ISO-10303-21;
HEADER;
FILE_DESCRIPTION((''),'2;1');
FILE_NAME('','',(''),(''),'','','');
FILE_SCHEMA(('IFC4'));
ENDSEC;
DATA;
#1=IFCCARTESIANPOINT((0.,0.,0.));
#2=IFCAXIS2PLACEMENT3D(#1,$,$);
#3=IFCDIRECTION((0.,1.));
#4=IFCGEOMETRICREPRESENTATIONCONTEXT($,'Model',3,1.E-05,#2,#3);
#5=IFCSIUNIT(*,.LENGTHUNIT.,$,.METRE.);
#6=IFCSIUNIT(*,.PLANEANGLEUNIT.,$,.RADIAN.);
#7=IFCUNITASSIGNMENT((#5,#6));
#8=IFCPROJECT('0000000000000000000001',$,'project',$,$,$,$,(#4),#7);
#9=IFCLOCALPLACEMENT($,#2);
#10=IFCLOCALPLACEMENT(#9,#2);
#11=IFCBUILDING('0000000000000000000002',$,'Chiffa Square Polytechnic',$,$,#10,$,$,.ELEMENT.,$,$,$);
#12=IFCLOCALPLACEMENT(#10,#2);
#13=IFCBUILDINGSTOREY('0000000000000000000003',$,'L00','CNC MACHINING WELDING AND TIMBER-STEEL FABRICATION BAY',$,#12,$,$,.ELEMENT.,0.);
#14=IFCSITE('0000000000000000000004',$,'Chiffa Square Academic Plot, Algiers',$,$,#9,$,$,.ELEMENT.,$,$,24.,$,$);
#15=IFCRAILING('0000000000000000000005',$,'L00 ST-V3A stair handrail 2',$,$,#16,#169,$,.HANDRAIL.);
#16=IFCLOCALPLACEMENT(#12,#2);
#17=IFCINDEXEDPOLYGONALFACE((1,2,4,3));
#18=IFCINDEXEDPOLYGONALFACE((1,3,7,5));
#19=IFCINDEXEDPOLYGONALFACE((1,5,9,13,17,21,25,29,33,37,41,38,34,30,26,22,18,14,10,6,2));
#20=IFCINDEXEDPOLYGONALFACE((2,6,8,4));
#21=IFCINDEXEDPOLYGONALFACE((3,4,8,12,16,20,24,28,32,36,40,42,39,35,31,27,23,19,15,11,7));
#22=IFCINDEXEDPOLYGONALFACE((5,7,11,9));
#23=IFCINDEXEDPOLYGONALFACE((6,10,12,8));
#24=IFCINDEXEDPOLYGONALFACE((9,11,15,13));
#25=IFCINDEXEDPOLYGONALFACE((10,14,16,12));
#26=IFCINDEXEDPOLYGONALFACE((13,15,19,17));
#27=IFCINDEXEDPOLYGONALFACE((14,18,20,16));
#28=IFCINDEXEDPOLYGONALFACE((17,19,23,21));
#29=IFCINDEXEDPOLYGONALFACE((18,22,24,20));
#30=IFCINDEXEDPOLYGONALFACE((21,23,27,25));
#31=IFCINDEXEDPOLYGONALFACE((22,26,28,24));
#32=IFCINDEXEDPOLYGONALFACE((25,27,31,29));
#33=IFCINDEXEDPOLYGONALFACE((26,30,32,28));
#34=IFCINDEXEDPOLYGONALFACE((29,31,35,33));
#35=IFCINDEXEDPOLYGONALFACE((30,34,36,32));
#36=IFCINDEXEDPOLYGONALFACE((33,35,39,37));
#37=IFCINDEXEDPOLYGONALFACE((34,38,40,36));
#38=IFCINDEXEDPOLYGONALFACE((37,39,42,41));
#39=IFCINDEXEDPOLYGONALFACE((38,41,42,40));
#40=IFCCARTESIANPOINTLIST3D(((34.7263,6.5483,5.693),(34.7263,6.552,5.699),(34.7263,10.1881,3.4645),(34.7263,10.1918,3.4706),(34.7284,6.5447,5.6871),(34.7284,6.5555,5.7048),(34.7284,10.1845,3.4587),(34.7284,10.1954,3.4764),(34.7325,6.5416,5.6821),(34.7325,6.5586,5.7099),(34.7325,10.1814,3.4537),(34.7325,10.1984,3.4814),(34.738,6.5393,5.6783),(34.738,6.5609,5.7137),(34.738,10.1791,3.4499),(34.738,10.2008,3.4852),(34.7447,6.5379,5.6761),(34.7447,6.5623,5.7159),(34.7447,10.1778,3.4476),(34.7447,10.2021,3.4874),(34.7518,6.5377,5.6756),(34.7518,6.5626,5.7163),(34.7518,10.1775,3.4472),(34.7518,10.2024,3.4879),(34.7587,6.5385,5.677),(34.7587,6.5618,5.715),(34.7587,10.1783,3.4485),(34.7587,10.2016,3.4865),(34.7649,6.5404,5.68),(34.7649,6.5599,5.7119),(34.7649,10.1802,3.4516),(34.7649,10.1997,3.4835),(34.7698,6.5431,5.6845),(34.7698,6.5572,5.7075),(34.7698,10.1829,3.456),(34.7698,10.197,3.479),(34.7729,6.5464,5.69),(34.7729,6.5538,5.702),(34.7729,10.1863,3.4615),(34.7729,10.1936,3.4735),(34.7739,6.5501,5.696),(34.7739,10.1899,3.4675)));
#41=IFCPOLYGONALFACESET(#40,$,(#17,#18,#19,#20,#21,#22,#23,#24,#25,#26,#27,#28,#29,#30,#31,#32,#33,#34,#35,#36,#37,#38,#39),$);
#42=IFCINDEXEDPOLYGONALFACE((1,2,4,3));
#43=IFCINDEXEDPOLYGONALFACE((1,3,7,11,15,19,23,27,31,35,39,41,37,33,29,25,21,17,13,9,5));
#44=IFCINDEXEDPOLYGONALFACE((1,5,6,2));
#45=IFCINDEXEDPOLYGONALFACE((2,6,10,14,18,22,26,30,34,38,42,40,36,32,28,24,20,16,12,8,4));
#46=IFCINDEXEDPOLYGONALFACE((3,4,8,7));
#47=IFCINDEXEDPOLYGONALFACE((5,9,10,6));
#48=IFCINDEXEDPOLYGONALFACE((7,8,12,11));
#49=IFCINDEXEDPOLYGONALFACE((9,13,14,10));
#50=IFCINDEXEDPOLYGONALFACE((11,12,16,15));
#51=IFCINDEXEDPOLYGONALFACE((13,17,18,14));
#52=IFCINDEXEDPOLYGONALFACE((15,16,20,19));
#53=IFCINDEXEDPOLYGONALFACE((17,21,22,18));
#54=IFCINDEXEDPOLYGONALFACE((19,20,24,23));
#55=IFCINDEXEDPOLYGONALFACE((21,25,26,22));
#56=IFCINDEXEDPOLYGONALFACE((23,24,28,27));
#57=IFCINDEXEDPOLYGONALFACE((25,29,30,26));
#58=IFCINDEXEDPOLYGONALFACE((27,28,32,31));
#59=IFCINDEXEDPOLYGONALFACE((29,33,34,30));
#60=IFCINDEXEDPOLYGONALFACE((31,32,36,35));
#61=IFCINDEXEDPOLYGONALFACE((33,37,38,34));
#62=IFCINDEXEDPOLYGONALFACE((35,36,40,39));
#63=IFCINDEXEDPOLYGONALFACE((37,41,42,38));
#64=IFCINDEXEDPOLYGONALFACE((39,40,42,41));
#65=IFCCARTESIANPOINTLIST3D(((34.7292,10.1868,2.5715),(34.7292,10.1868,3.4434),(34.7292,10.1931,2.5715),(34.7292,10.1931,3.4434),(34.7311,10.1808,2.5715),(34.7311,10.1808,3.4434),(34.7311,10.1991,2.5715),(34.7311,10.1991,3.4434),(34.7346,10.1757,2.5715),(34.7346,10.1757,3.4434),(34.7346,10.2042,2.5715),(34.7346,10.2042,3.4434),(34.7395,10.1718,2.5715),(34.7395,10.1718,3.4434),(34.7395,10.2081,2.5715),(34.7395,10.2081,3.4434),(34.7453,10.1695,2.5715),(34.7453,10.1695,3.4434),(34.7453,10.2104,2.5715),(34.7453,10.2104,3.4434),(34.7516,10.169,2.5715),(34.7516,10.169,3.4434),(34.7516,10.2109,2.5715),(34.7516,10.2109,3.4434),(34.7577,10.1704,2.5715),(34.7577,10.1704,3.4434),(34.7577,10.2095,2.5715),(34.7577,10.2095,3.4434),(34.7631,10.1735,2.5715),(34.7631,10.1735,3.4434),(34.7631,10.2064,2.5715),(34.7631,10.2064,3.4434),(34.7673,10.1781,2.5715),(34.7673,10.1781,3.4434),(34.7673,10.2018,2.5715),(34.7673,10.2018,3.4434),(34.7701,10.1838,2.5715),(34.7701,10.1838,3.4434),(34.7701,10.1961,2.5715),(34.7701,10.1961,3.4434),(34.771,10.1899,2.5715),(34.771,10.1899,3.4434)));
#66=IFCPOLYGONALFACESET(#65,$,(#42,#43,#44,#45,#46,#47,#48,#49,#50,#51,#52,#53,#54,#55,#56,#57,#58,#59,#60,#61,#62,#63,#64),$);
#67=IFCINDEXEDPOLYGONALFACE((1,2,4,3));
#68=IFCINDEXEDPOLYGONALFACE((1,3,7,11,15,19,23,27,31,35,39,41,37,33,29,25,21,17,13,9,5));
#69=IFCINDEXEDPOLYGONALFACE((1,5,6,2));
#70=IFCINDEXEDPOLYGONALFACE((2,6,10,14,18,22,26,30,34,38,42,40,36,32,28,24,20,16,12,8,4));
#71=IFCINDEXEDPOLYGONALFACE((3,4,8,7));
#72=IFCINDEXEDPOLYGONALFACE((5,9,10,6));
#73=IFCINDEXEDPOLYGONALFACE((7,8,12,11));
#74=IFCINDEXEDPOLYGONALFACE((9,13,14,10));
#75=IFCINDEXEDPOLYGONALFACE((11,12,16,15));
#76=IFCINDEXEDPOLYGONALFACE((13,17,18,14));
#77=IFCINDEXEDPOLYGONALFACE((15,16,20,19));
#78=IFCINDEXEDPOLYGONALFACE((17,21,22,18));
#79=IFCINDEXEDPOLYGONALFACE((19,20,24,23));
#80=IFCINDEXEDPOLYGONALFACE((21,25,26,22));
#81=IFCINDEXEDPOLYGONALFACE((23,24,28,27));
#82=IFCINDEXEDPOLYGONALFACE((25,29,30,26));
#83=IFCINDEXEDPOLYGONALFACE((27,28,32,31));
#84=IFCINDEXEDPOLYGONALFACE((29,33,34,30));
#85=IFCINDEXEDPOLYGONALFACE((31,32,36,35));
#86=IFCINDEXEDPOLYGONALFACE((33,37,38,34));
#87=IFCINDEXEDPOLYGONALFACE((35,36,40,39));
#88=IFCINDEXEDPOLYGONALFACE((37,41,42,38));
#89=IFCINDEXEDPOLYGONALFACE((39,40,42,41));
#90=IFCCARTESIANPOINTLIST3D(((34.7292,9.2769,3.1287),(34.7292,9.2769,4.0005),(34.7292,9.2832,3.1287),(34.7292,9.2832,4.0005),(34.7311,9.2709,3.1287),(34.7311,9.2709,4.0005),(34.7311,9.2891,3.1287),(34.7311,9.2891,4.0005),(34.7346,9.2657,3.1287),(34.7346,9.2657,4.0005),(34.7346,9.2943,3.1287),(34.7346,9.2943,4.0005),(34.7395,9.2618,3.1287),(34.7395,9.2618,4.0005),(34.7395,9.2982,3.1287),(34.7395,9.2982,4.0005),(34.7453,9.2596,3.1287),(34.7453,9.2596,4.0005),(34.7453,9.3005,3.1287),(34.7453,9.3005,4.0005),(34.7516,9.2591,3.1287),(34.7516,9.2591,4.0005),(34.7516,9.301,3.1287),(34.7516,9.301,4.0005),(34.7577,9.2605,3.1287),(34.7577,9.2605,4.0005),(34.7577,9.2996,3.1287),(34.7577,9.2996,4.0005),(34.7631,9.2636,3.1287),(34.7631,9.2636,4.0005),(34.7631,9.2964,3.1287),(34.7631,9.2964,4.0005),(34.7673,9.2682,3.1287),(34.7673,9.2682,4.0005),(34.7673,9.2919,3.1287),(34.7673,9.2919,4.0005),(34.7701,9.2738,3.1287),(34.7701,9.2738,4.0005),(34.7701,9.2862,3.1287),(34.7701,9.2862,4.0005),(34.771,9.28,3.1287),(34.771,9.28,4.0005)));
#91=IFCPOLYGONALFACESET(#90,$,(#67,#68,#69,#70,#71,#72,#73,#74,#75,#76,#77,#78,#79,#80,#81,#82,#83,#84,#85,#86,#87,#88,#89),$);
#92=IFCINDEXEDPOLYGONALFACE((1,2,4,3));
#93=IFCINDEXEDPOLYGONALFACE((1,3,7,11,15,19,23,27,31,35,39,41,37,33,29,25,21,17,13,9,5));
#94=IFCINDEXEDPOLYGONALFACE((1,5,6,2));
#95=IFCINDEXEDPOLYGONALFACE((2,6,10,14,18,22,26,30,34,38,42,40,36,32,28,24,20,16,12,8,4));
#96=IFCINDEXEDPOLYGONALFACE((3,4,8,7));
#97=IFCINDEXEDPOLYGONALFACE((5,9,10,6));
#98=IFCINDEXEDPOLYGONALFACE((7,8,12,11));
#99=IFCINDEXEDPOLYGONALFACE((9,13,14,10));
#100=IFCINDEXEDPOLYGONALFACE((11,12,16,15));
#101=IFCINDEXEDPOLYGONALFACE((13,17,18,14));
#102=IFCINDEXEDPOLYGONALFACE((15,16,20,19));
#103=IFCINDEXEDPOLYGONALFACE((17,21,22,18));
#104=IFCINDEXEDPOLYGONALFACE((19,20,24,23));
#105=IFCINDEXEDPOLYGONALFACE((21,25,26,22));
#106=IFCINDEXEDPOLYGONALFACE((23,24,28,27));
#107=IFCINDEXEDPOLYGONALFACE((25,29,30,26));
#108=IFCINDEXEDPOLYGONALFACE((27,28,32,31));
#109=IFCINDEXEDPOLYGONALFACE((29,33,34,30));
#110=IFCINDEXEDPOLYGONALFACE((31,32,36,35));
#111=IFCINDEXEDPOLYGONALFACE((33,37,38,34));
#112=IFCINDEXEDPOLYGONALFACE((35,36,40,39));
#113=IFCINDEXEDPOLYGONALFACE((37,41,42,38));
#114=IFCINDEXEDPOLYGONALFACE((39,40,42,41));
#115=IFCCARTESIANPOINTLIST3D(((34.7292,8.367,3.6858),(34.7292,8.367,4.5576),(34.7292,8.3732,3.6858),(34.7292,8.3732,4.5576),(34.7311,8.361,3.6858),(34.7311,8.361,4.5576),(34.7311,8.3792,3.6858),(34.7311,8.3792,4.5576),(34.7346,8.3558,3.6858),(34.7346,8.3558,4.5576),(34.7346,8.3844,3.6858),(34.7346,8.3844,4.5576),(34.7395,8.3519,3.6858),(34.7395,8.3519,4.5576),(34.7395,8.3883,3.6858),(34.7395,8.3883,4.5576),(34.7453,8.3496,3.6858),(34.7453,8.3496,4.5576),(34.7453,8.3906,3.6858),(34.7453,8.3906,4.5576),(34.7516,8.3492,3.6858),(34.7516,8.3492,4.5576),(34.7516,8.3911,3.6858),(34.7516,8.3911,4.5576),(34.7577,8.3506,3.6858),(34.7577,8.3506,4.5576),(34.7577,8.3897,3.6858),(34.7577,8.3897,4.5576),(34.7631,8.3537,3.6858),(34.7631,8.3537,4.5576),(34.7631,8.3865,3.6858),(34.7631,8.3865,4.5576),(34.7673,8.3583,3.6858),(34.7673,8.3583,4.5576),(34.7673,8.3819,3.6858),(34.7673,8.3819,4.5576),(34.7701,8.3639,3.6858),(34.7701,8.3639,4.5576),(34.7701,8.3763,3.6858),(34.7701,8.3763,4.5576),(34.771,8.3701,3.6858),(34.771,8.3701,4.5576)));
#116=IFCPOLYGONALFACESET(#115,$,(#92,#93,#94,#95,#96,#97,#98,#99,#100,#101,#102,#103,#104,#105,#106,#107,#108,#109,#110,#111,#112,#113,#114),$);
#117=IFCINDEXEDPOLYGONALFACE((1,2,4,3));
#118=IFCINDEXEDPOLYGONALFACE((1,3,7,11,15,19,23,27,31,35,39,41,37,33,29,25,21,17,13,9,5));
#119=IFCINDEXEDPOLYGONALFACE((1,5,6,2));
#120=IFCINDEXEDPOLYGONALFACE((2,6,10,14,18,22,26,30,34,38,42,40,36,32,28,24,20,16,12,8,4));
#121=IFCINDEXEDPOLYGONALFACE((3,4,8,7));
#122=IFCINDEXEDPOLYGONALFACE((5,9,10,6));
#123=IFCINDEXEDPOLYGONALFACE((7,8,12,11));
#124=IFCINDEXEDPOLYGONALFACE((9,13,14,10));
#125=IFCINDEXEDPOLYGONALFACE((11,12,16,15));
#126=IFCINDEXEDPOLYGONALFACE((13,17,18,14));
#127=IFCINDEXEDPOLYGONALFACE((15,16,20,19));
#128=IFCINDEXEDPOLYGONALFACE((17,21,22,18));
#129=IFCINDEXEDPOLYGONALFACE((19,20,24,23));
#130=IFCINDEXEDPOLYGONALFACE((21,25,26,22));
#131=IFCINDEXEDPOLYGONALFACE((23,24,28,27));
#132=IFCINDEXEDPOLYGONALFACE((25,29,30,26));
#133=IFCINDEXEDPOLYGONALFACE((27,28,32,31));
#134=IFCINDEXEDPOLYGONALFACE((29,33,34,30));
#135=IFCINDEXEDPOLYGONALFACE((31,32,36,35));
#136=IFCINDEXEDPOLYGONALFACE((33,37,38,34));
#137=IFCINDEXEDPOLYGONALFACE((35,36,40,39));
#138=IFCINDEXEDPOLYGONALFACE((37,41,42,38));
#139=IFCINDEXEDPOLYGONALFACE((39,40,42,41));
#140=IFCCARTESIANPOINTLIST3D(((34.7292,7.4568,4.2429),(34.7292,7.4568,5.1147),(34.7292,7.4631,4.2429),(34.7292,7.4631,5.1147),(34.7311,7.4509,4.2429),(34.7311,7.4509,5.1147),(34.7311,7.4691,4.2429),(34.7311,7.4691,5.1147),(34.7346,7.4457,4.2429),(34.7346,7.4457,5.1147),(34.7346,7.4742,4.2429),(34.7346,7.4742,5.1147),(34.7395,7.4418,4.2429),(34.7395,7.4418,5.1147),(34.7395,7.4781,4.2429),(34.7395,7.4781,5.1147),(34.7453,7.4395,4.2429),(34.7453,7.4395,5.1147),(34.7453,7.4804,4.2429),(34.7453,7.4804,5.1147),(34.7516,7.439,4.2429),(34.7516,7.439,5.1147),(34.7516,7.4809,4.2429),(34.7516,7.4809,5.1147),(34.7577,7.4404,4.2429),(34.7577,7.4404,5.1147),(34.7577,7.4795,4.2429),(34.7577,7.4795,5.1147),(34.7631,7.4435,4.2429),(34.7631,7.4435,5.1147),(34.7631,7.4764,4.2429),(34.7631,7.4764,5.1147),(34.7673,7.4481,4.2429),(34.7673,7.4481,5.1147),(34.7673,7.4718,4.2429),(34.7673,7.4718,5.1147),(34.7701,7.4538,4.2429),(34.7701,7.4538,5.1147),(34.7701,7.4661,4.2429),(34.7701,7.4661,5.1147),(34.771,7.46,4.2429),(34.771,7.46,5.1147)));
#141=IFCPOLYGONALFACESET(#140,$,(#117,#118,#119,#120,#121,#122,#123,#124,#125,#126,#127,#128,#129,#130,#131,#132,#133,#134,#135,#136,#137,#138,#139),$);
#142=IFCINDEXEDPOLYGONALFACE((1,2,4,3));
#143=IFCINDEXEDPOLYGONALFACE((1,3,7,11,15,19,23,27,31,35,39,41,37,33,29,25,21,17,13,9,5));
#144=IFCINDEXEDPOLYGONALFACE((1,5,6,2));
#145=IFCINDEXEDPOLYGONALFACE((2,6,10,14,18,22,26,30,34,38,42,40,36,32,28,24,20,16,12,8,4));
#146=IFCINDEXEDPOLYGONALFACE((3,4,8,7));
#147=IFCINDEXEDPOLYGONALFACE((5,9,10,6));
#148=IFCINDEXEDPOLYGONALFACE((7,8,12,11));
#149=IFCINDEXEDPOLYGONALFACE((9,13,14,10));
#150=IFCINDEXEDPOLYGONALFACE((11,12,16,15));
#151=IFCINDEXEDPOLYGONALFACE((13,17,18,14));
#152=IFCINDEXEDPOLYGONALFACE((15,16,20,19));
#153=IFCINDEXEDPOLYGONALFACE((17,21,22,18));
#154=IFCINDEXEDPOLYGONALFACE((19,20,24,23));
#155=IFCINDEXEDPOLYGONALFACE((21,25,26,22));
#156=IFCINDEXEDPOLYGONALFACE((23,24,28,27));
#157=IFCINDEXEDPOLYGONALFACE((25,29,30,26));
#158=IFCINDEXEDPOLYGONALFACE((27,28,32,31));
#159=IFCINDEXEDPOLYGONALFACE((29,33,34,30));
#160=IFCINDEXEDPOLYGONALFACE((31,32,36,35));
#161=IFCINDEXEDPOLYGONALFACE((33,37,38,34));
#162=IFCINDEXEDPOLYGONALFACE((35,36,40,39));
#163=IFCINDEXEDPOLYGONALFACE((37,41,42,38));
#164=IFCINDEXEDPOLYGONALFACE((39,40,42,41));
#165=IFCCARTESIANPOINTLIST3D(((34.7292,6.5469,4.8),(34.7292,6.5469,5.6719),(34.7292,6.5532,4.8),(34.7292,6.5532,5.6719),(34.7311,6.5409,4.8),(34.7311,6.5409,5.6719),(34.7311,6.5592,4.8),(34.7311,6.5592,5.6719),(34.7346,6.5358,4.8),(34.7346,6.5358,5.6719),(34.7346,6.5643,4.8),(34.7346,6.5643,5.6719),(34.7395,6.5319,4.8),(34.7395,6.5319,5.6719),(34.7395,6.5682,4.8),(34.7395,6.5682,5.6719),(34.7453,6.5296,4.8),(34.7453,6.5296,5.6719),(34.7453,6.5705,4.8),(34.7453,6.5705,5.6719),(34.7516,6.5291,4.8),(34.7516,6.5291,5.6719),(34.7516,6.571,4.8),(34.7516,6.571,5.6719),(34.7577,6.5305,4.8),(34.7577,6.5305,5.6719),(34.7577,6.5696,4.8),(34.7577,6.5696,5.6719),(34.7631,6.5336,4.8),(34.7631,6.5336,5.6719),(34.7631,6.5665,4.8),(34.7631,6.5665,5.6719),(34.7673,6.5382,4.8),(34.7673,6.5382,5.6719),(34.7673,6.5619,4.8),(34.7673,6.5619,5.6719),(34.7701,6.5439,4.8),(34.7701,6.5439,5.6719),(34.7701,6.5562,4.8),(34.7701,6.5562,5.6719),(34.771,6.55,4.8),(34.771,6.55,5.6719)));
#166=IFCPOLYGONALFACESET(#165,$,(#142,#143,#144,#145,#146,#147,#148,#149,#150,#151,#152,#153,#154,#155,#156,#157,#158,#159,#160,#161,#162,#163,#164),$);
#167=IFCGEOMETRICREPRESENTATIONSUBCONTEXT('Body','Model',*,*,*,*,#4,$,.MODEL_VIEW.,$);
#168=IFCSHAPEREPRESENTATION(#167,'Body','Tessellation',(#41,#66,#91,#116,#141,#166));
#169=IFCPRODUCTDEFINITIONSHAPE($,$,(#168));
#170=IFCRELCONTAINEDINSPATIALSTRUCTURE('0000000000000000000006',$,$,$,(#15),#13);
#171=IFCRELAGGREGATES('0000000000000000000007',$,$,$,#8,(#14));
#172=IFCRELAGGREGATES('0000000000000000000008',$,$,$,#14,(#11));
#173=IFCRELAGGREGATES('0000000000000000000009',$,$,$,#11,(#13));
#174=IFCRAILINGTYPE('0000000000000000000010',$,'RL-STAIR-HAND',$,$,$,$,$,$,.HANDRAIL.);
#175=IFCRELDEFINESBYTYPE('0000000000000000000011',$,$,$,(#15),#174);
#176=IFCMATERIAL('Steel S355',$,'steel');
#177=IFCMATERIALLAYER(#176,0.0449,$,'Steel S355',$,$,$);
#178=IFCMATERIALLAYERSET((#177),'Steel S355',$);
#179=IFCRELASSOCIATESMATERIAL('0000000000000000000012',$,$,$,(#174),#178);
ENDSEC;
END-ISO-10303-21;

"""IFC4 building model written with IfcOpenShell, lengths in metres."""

from ifc_helpers import new_model, si_unit, direction, frame, origin, origin_2d, place, context, subcontext, project, spatial, circle, extrude, material, layer, layer_set, type_object, element, save


model = new_model("IFC4")

# Units and contexts
model_context = context("Model", 3, precision=1e-05, world=origin(), true_north=direction((0.0, 1.0)))
body_context = subcontext(model_context, "Body", "Model", "MODEL_VIEW")
ifc_project = project(units=[si_unit("LENGTHUNIT", "METRE"), si_unit("PLANEANGLEUNIT", "RADIAN")], contexts=[model_context])

# Site, building, storey
site_placement = place(None, origin())
site = spatial("IfcSite", under=ifc_project, at=site_placement, Name="Chiffa Square Academic Plot, Algiers", CompositionType="ELEMENT", RefElevation=24.0)
building_placement = place(site_placement, origin())
building = spatial("IfcBuilding", under=site, at=building_placement, Name="Chiffa Square Polytechnic", CompositionType="ELEMENT")
storey_placement = place(building_placement, origin())
storey = spatial("IfcBuildingStorey", under=building, at=storey_placement, Name="L00", Description="CNC MACHINING WELDING AND TIMBER-STEEL FABRICATION BAY", CompositionType="ELEMENT", Elevation=0.0)

# Railing
ifc_material_1 = material(Name="Steel S355", Category="steel")
ifc_layer_1 = layer(ifc_material_1, 0.0449, Name="Steel S355")
ifc_layer_set_1 = layer_set([ifc_layer_1], Name="Steel S355")
railing_type_1 = type_object("IfcRailingType", Name="RL-STAIR-HAND", PredefinedType="HANDRAIL", material=ifc_layer_set_1)
railing_1_placement = place(storey_placement, frame((34.75, 10.1899, 2.5715)))
element("IfcRailing", 1, at=railing_1_placement, inside=storey, type_object=railing_type_1, Name="L00 ST-V3A stair handrail 2", PredefinedType="HANDRAIL", context=body_context, shape_type="SweptSolid", body=[
    extrude(circle(Radius=0.0239, at=origin_2d()), frame((0.0, 0.0, 0.896), z_axis=(0.0, -0.85285, 0.522156), x_axis=(1.0, 0.0, 0.0)), (0.0, 0.0, 1.0), 4.2678),
    extrude(circle(Radius=0.021, at=origin_2d()), origin(), (0.0, 0.0, 1.0), 0.8718),
    extrude(circle(Radius=0.021, at=origin_2d()), frame((0.0, -0.9099, 0.5571)), (0.0, 0.0, 1.0), 0.8718),
    extrude(circle(Radius=0.021, at=origin_2d()), frame((0.0, -1.8198, 1.1143)), (0.0, 0.0, 1.0), 0.8718),
    extrude(circle(Radius=0.021, at=origin_2d()), frame((0.0, -2.73, 1.6714)), (0.0, 0.0, 1.0), 0.8718),
    extrude(circle(Radius=0.021, at=origin_2d()), frame((0.0, -3.6399, 2.2285)), (0.0, 0.0, 1.0), 0.8718),
])

save(model, "model.ifc")
